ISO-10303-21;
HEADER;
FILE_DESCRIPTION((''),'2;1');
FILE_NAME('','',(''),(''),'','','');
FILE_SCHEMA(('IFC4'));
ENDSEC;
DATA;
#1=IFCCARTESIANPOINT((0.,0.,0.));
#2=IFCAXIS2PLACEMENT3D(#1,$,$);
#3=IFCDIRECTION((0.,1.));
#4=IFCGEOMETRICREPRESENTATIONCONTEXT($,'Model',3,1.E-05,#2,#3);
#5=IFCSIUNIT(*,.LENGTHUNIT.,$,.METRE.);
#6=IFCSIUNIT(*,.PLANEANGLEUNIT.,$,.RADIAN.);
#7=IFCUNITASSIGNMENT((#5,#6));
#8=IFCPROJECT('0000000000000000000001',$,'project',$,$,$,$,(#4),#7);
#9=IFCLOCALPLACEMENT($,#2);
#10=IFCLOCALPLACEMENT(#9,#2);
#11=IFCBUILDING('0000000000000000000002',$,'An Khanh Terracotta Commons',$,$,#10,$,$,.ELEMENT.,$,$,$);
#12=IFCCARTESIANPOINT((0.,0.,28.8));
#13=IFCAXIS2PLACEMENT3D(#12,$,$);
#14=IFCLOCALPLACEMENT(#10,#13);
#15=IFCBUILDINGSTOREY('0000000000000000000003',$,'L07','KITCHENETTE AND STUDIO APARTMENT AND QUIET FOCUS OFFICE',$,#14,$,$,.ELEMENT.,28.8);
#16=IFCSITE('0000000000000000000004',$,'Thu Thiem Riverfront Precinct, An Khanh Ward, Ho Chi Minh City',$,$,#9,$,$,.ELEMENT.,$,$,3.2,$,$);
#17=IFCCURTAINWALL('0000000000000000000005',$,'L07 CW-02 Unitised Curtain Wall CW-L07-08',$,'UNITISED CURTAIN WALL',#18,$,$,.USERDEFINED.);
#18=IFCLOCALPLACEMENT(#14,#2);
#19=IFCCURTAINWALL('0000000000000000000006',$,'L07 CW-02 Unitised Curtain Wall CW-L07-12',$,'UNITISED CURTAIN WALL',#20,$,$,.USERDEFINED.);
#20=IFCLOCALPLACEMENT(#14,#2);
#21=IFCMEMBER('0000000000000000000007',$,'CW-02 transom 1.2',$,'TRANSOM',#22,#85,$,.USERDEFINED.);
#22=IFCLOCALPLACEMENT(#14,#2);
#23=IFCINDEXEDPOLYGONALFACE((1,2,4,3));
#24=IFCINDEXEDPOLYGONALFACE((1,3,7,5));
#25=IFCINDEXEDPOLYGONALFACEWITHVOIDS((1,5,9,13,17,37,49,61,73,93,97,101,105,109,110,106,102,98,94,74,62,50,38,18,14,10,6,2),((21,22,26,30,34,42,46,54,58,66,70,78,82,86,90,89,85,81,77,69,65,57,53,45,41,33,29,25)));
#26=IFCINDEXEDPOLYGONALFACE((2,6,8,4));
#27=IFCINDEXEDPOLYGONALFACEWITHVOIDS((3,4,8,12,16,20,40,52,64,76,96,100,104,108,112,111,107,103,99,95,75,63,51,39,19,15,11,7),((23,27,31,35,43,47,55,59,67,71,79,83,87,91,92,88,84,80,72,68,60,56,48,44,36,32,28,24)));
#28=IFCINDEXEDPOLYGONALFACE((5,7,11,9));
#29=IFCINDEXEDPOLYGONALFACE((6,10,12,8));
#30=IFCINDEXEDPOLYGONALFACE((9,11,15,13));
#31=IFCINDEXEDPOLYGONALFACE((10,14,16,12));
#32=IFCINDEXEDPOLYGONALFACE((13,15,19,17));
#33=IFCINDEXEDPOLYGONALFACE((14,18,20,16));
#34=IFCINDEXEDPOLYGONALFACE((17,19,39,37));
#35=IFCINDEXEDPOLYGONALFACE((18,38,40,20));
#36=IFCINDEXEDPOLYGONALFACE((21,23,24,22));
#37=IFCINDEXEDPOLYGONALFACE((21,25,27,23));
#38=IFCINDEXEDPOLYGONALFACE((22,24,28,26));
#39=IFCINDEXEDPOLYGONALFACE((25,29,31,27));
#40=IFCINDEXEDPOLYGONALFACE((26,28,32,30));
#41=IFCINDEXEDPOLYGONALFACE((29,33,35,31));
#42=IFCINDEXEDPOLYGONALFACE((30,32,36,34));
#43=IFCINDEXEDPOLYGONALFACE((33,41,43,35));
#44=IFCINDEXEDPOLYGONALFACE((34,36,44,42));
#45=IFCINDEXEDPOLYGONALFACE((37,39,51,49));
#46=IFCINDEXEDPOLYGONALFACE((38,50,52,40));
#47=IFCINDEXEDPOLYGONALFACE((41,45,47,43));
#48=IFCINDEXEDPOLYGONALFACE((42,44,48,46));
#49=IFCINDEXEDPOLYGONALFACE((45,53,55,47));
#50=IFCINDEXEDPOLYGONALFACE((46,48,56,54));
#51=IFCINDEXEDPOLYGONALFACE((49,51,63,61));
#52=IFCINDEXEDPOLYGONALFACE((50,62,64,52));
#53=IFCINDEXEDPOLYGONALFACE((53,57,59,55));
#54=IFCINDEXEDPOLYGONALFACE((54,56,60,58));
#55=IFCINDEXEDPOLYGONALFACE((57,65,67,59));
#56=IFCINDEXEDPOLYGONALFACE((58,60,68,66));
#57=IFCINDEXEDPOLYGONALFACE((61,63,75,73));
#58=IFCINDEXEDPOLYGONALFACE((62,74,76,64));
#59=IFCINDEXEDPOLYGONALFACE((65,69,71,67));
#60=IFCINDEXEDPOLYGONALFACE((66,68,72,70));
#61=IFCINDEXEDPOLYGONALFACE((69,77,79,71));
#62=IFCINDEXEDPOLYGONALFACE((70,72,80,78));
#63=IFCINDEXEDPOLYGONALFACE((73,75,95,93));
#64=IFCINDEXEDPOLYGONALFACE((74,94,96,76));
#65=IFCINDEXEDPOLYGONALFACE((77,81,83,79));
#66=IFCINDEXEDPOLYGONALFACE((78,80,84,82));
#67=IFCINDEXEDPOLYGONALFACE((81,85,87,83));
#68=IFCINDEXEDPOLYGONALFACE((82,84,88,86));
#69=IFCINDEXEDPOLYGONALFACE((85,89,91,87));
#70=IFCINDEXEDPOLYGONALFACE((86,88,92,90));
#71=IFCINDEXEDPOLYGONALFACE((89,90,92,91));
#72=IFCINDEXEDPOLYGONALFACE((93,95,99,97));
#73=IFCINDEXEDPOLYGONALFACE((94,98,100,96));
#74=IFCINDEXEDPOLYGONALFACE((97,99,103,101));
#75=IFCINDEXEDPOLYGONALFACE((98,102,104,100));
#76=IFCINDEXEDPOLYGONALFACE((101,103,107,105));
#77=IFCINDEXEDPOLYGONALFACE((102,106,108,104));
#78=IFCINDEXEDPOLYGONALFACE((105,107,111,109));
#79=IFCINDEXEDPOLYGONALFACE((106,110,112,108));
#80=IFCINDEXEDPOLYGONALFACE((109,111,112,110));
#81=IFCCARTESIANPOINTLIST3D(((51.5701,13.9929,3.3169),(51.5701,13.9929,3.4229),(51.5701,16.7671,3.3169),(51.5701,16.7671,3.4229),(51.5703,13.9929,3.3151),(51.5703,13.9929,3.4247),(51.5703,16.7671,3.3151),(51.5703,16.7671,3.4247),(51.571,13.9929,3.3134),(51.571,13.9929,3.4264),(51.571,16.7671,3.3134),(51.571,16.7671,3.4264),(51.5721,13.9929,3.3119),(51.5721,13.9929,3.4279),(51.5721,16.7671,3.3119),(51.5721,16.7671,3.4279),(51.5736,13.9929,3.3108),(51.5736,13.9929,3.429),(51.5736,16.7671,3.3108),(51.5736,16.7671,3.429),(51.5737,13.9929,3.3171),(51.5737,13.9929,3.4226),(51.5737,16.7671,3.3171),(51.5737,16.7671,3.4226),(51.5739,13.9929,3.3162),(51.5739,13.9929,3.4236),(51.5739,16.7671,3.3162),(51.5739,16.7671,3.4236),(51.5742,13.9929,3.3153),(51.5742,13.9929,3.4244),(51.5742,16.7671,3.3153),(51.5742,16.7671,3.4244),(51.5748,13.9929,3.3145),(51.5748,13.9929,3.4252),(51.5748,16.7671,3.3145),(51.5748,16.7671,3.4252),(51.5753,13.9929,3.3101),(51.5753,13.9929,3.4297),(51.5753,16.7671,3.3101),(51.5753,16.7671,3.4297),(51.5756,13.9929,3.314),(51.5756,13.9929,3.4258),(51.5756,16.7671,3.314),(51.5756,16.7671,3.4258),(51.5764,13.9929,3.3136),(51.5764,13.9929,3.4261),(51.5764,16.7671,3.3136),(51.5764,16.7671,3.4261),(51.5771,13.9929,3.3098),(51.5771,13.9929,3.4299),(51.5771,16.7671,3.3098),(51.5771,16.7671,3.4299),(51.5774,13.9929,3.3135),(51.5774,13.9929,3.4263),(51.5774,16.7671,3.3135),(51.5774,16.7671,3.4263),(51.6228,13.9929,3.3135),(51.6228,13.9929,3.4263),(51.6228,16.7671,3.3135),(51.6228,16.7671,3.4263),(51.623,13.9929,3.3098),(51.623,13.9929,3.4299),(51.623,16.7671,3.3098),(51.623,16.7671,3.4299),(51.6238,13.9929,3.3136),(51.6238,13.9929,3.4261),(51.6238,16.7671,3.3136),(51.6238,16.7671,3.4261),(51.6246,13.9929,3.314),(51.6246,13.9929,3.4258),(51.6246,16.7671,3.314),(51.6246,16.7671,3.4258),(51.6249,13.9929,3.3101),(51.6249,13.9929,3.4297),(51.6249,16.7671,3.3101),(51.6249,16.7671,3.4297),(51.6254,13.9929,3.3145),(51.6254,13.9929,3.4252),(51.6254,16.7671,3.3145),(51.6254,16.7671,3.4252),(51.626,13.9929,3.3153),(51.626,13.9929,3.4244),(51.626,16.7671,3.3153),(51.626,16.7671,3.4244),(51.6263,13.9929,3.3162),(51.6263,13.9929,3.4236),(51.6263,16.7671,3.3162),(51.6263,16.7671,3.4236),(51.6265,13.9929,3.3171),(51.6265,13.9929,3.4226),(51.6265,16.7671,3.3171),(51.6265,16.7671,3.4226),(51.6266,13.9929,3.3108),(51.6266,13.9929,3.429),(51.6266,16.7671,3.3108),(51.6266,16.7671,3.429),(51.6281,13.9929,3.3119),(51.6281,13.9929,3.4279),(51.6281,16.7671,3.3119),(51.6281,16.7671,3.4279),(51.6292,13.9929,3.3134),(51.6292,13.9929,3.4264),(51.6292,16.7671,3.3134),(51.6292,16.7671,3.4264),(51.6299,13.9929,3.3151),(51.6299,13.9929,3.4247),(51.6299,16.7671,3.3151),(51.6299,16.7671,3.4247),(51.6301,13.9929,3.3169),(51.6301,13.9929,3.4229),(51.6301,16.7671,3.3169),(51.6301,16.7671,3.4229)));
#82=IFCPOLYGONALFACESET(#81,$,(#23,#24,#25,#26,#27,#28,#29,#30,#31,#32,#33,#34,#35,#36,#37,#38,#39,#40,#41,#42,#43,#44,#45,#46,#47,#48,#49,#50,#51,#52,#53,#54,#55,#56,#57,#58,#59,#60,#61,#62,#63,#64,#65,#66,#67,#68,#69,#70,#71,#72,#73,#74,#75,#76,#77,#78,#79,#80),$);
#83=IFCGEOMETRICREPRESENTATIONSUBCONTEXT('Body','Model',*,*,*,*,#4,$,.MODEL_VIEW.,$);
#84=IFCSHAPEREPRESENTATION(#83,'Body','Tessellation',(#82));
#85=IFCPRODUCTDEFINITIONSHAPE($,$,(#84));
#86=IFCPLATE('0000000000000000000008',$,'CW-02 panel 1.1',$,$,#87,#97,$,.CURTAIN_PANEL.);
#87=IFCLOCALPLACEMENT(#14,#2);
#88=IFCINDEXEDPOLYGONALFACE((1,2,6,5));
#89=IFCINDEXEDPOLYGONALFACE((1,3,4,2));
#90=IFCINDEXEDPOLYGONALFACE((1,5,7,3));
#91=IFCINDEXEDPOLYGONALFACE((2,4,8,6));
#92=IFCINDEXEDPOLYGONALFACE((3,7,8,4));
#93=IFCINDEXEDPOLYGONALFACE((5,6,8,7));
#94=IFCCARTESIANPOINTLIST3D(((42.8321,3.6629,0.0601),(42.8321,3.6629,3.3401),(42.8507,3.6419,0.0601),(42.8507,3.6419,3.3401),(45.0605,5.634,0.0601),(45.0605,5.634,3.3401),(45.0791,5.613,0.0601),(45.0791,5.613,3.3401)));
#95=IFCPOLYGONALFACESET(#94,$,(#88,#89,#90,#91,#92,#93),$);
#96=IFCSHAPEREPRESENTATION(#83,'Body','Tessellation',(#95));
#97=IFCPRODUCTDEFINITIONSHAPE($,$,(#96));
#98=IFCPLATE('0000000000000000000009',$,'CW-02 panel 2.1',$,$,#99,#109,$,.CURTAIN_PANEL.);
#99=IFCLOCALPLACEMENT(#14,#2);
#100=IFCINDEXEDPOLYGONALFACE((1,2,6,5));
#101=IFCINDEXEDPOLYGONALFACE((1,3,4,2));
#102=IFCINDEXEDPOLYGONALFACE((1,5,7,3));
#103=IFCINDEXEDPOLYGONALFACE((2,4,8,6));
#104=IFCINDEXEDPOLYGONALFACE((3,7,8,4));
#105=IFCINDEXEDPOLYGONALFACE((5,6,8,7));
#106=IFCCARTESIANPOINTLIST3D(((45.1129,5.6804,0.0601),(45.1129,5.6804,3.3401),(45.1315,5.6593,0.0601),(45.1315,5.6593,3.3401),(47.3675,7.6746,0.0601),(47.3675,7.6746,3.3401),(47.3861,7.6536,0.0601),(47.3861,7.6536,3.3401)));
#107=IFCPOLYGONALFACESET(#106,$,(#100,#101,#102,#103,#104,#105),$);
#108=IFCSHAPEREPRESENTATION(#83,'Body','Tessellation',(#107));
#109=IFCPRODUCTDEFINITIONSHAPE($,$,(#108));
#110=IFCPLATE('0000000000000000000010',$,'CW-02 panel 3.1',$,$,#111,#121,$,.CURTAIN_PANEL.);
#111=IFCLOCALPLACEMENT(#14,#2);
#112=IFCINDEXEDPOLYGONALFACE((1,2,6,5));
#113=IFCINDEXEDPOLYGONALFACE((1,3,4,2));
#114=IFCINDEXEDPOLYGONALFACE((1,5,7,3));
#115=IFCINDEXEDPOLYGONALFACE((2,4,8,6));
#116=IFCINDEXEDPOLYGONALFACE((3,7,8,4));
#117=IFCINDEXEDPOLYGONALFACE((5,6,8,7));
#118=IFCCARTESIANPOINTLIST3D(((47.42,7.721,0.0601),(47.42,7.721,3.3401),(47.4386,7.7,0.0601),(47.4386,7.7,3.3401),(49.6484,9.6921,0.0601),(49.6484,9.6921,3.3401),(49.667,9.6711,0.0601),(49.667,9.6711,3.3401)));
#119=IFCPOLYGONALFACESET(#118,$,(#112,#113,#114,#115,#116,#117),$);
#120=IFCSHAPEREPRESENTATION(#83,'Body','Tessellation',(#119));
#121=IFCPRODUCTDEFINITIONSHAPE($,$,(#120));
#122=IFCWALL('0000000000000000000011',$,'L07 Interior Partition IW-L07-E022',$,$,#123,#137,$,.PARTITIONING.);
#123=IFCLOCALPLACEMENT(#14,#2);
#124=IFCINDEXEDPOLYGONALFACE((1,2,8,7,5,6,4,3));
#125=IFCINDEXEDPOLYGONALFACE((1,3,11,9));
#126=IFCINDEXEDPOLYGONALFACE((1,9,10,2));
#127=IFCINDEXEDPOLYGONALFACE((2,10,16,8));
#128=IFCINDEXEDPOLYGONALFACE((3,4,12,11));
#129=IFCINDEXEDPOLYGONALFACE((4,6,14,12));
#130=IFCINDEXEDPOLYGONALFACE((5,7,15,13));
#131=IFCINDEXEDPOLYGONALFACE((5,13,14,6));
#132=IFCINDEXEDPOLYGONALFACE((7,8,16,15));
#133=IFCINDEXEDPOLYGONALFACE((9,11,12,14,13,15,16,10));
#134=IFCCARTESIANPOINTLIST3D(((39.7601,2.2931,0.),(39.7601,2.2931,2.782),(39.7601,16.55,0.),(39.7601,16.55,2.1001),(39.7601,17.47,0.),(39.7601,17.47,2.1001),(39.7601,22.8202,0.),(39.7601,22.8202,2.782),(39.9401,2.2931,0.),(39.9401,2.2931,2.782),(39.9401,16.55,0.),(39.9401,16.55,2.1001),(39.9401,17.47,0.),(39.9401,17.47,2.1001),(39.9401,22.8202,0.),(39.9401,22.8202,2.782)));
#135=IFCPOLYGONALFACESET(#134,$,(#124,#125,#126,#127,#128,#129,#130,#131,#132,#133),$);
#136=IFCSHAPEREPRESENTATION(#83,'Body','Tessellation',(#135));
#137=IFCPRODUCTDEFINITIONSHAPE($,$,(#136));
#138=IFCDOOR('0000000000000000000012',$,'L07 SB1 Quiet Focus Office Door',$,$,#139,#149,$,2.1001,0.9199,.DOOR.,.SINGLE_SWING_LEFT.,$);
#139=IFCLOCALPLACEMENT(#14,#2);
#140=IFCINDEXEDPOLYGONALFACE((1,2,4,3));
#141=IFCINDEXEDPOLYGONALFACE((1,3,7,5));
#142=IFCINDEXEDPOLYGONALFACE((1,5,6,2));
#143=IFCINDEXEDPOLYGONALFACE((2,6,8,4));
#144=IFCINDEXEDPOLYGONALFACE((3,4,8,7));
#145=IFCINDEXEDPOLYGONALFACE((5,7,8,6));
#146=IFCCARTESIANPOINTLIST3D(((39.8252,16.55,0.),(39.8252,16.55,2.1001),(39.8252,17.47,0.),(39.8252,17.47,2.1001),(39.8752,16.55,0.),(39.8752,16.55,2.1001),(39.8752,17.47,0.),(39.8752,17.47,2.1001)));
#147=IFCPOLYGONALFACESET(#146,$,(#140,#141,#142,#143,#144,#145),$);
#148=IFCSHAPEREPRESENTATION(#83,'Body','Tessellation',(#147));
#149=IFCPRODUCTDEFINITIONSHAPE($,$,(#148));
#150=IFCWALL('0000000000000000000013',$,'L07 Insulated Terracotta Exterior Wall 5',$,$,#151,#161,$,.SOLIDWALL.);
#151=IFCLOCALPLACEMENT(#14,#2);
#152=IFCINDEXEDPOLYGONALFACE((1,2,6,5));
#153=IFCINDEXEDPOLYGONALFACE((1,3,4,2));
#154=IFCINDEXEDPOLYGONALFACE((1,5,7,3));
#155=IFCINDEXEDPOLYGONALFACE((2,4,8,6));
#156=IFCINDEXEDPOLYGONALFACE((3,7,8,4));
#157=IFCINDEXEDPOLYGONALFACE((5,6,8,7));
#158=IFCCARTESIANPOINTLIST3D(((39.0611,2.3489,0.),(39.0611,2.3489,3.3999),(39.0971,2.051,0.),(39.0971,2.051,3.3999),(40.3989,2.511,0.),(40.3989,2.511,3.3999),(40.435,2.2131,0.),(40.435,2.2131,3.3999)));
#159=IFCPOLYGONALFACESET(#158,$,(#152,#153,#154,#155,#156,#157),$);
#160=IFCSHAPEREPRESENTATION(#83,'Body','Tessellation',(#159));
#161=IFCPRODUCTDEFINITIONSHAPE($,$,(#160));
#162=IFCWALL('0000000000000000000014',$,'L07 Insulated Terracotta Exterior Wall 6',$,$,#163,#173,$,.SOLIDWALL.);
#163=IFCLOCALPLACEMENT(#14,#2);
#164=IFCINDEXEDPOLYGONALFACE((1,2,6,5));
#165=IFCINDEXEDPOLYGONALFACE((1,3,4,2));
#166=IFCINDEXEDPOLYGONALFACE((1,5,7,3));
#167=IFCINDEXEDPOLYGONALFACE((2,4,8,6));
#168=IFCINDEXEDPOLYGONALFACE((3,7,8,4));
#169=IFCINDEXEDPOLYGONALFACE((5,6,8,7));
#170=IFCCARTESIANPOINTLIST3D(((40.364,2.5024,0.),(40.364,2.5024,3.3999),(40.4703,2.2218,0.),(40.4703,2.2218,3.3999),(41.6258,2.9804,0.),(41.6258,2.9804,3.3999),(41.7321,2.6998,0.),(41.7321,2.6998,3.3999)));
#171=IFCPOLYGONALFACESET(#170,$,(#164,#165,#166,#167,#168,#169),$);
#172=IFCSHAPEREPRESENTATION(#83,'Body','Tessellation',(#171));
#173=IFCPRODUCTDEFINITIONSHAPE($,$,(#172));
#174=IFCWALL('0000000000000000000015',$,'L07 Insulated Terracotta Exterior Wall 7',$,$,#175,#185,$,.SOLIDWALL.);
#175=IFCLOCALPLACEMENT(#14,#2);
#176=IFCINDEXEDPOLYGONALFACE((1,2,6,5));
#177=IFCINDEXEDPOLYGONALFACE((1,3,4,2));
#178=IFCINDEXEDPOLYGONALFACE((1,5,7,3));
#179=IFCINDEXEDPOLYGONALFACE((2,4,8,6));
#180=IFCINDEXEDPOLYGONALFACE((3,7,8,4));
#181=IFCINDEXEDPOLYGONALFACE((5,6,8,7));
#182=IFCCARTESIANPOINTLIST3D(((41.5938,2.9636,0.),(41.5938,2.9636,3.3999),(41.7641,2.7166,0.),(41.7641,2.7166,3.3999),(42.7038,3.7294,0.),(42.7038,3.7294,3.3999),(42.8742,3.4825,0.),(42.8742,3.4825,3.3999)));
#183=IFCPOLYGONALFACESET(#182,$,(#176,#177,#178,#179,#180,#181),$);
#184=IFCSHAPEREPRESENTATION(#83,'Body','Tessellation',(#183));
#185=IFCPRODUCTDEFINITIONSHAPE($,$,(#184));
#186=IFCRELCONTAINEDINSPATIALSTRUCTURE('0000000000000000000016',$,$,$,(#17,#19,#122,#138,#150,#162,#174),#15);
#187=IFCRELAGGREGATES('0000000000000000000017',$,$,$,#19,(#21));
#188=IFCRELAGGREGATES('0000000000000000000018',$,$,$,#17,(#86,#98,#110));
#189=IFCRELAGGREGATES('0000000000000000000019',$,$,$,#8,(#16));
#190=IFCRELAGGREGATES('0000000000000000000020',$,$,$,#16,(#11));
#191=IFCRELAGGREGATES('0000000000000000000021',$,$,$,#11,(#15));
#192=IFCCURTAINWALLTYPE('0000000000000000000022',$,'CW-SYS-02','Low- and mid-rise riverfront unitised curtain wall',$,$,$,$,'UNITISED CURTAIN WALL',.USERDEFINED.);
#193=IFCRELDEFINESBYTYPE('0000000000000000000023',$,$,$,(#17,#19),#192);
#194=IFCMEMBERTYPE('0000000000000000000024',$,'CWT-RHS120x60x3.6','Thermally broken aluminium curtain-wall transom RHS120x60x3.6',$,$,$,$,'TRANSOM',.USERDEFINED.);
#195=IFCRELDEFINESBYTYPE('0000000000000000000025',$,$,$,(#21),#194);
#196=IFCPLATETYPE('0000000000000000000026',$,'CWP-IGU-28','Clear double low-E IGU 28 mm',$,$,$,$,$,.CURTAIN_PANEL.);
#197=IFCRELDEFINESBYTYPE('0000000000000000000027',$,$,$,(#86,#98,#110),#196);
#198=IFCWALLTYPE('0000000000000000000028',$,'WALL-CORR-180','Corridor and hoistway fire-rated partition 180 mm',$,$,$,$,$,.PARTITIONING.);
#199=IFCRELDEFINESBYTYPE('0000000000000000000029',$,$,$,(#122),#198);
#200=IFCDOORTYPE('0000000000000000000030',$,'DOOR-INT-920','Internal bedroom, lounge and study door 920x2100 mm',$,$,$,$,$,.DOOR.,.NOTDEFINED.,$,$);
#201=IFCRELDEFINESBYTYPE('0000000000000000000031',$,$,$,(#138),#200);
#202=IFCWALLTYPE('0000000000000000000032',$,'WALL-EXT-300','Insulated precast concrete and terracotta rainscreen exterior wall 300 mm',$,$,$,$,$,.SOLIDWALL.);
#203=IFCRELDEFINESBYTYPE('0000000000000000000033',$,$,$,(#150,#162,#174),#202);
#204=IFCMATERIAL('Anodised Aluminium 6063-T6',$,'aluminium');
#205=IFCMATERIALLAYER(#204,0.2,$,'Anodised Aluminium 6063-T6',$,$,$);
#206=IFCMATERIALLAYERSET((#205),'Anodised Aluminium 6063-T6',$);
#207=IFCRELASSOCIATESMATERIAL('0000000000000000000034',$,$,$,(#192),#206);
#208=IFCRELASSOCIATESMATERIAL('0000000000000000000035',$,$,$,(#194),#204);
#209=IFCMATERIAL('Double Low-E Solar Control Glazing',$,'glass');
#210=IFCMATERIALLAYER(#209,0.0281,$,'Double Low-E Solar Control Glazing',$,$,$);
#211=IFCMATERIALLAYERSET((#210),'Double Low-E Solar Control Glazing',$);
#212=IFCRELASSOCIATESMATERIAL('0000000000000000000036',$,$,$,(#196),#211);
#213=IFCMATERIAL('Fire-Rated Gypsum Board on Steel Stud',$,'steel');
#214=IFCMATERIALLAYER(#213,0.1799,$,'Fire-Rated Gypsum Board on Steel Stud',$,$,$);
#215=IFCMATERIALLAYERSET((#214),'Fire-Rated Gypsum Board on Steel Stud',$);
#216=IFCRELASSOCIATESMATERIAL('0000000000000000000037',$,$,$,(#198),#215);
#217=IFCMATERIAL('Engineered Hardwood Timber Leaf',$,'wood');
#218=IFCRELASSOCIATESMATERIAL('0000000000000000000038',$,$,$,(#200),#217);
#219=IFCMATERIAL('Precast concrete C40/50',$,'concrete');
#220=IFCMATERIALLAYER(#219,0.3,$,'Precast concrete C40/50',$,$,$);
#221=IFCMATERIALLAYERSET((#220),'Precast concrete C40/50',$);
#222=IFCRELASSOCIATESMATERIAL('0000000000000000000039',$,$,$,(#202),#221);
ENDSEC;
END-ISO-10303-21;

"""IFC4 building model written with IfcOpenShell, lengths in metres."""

from ifc_helpers import new_model, si_unit, direction, frame, frame_2d, origin, origin_2d, place, context, subcontext, project, spatial, rectangle, hollow_rectangle, extrude, material, layer, layer_set, material_profile, profile_set, type_object, element, fill, aggregate, save


model = new_model("IFC4")

# Units and contexts
model_context = context("Model", 3, precision=1e-05, world=origin(), true_north=direction((0.0, 1.0)))
body_context = subcontext(model_context, "Body", "Model", "MODEL_VIEW")
ifc_project = project(units=[si_unit("LENGTHUNIT", "METRE"), si_unit("PLANEANGLEUNIT", "RADIAN")], contexts=[model_context])

# Site, building, storey
site_placement = place(None, origin())
site = spatial("IfcSite", under=ifc_project, at=site_placement, Name="Thu Thiem Riverfront Precinct, An Khanh Ward, Ho Chi Minh City", CompositionType="ELEMENT", RefElevation=3.2)
building_placement = place(site_placement, origin())
building = spatial("IfcBuilding", under=site, at=building_placement, Name="An Khanh Terracotta Commons", CompositionType="ELEMENT")
storey_placement = place(building_placement, frame((0.0, 0.0, 28.8)))
storey = spatial("IfcBuildingStorey", under=building, at=storey_placement, Name="L07", Description="KITCHENETTE AND STUDIO APARTMENT AND QUIET FOCUS OFFICE", CompositionType="ELEMENT", Elevation=28.8)

# Curtain wall
ifc_material_1 = material(Name="Anodised Aluminium 6063-T6", Category="aluminium")
ifc_layer_1 = layer(ifc_material_1, 0.2, Name="Anodised Aluminium 6063-T6")
ifc_layer_set_1 = layer_set([ifc_layer_1], Name="Anodised Aluminium 6063-T6")
curtain_wall_type = type_object("IfcCurtainWallType", Name="CW-SYS-02", Description="Low- and mid-rise riverfront unitised curtain wall", ElementType="UNITISED CURTAIN WALL", PredefinedType="USERDEFINED", material=ifc_layer_set_1)
curtain_wall_1_placement = place(storey_placement, origin())
curtain_wall_1 = element("IfcCurtainWall", 1, at=curtain_wall_1_placement, inside=storey, type_object=curtain_wall_type, Name="L07 CW-02 Unitised Curtain Wall CW-L07-08", ObjectType="UNITISED CURTAIN WALL", PredefinedType="USERDEFINED")

# Curtain wall
curtain_wall_2_placement = place(storey_placement, origin())
curtain_wall_2 = element("IfcCurtainWall", 2, at=curtain_wall_2_placement, inside=storey, type_object=curtain_wall_type, Name="L07 CW-02 Unitised Curtain Wall CW-L07-12", ObjectType="UNITISED CURTAIN WALL", PredefinedType="USERDEFINED")

# Member
ifc_material_profile_1 = material_profile(ifc_material_1, hollow_rectangle(XDim=0.0601, YDim=0.1201, WallThickness=0.0037, InnerFilletRadius=0.0037, OuterFilletRadius=0.0071, at=origin_2d()), Name="RHS120x60x3.6")
ifc_profile_set_1 = profile_set([ifc_material_profile_1], Name="Anodised Aluminium 6063-T6")
member_type_1 = type_object("IfcMemberType", Name="CWT-RHS120x60x3.6", Description="Thermally broken aluminium curtain-wall transom RHS120x60x3.6", ElementType="TRANSOM", PredefinedType="USERDEFINED", material=ifc_profile_set_1)
member_1_placement = place(storey_placement, frame((51.6001, 13.9929, 3.3699), z_axis=(0.0, 1.0, 0.0), x_axis=(-1.0, 0.0, 0.0)))
member_1 = element("IfcMember", 3, at=member_1_placement, type_object=member_type_1, Name="CW-02 transom 1.2", ObjectType="TRANSOM", PredefinedType="USERDEFINED", context=body_context, shape_type="SweptSolid", body=[
    extrude(hollow_rectangle(XDim=0.0601, YDim=0.1201, WallThickness=0.0037, InnerFilletRadius=0.0037, OuterFilletRadius=0.0071, at=origin_2d()), origin(), (0.0, 0.0, 1.0), 2.7742),
])
aggregate(curtain_wall_2, [member_1])

# Plates
ifc_material_2 = material(Name="Double Low-E Solar Control Glazing", Category="glass")
ifc_layer_2 = layer(ifc_material_2, 0.0281, Name="Double Low-E Solar Control Glazing")
ifc_layer_set_2 = layer_set([ifc_layer_2], Name="Double Low-E Solar Control Glazing")
plate_type = type_object("IfcPlateType", Name="CWP-IGU-28", Description="Clear double low-E IGU 28 mm", PredefinedType="CURTAIN_PANEL", material=ifc_layer_set_2)
plate_1_placement = place(storey_placement, frame((43.9556, 4.6379, 0.0601), z_axis=(0.0, 0.0, 1.0), x_axis=(0.749019, 0.662548, 0.0)))
plate_1 = element("IfcPlate", 4, at=plate_1_placement, type_object=plate_type, Name="CW-02 panel 1.1", PredefinedType="CURTAIN_PANEL", context=body_context, shape_type="SweptSolid", body=[
    extrude(rectangle(XDim=2.9751, YDim=0.0281, at=origin_2d()), origin(), (0.0, 0.0, 1.0), 3.28),
])
plate_2_placement = place(storey_placement, frame((46.2495, 6.667, 0.0601), z_axis=(0.0, 0.0, 1.0), x_axis=(0.749019, 0.662548, 0.0)))
plate_2 = element("IfcPlate", 5, at=plate_2_placement, type_object=plate_type, Name="CW-02 panel 2.1", PredefinedType="CURTAIN_PANEL", context=body_context, shape_type="SweptSolid", body=[
    extrude(rectangle(XDim=3.01, YDim=0.0281, at=origin_2d()), origin(), (0.0, 0.0, 1.0), 3.28),
])
plate_3_placement = place(storey_placement, frame((48.5435, 8.696, 0.0601), z_axis=(0.0, 0.0, 1.0), x_axis=(0.749019, 0.662548, 0.0)))
plate_3 = element("IfcPlate", 6, at=plate_3_placement, type_object=plate_type, Name="CW-02 panel 3.1", PredefinedType="CURTAIN_PANEL", context=body_context, shape_type="SweptSolid", body=[
    extrude(rectangle(XDim=2.9751, YDim=0.0281, at=origin_2d()), origin(), (0.0, 0.0, 1.0), 3.28),
])
aggregate(curtain_wall_1, [plate_1, plate_2, plate_3])

# Wall, opening, door
ifc_material_3 = material(Name="Fire-Rated Gypsum Board on Steel Stud", Category="steel")
ifc_layer_3 = layer(ifc_material_3, 0.1799, Name="Fire-Rated Gypsum Board on Steel Stud")
ifc_layer_set_3 = layer_set([ifc_layer_3], Name="Fire-Rated Gypsum Board on Steel Stud")
wall_type_1 = type_object("IfcWallType", Name="WALL-CORR-180", Description="Corridor and hoistway fire-rated partition 180 mm", PredefinedType="PARTITIONING", material=ifc_layer_set_3)
wall_1_placement = place(storey_placement, frame((39.8501, 2.293, 0.0), z_axis=(0.0, 0.0, 1.0), x_axis=(0.0, 1.0, 0.0)))
wall_1 = element("IfcWall", 7, at=wall_1_placement, inside=storey, type_object=wall_type_1, Name="L07 Interior Partition IW-L07-E022", PredefinedType="PARTITIONING", context=body_context, shape_type="SweptSolid", body=[
    extrude(rectangle(XDim=20.5271, YDim=0.1799, at=frame_2d((10.2637, 0.0))), origin(), (0.0, 0.0, 1.0), 2.782),
])
opening_placement = place(wall_1_placement, frame((14.2571, 0.0, 0.0)))
opening = element("IfcOpeningElement", 8, at=opening_placement, cuts=wall_1, PredefinedType="OPENING", context=body_context, shape_type="SweptSolid", body=[
    extrude(rectangle(XDim=0.9199, YDim=2.1001, at=frame_2d((0.46, 1.05))), frame((0.0, 0.0999, 0.0), z_axis=(0.0, -1.0, 0.0), x_axis=(1.0, 0.0, 0.0)), (0.0, 0.0, 1.0), 0.2),
])
ifc_material_4 = material(Name="Engineered Hardwood Timber Leaf", Category="wood")
door_type = type_object("IfcDoorType", Name="DOOR-INT-920", Description="Internal bedroom, lounge and study door 920x2100 mm", OperationType="NOTDEFINED", PredefinedType="DOOR", material=ifc_material_4)
door_placement = place(opening_placement, origin())
door = element("IfcDoor", 9, at=door_placement, inside=storey, type_object=door_type, Name="L07 SB1 Quiet Focus Office Door", OperationType="SINGLE_SWING_LEFT", OverallHeight=2.1001, OverallWidth=0.9199, PredefinedType="DOOR", context=body_context, shape_type="SweptSolid", body=[
    extrude(rectangle(XDim=0.9199, YDim=2.1001, at=frame_2d((0.46, 1.05))), frame((0.0, 0.0249, 0.0), z_axis=(0.0, -1.0, 0.0), x_axis=(1.0, 0.0, 0.0)), (0.0, 0.0, 1.0), 0.05),
])
fill(opening, door)

# Walls
ifc_material_5 = material(Name="Precast concrete C40/50", Category="concrete")
ifc_layer_4 = layer(ifc_material_5, 0.3, Name="Precast concrete C40/50")
ifc_layer_set_4 = layer_set([ifc_layer_4], Name="Precast concrete C40/50")
wall_type_2 = type_object("IfcWallType", Name="WALL-EXT-300", Description="Insulated precast concrete and terracotta rainscreen exterior wall 300 mm", PredefinedType="SOLIDWALL", material=ifc_layer_set_4)
wall_2_placement = place(storey_placement, frame((39.0791, 2.2, 0.0), z_axis=(0.0, 0.0, 1.0), x_axis=(0.992739, 0.120288, 0.0)))
element("IfcWall", 10, at=wall_2_placement, inside=storey, type_object=wall_type_2, Name="L07 Insulated Terracotta Exterior Wall 5", PredefinedType="SOLIDWALL", context=body_context, shape_type="SweptSolid", body=[
    extrude(rectangle(XDim=1.3477, YDim=0.3, at=frame_2d((0.6738, 0.0))), origin(), (0.0, 0.0, 1.0), 3.3999),
])
wall_3_placement = place(storey_placement, frame((40.417, 2.3621, 0.0), z_axis=(0.0, 0.0, 1.0), x_axis=(0.935157, 0.354234, 0.0)))
element("IfcWall", 11, at=wall_3_placement, inside=storey, type_object=wall_type_2, Name="L07 Insulated Terracotta Exterior Wall 6", PredefinedType="SOLIDWALL", context=body_context, shape_type="SweptSolid", body=[
    extrude(rectangle(XDim=1.3494, YDim=0.3, at=frame_2d((0.6748, 0.0))), origin(), (0.0, 0.0, 1.0), 3.3999),
])
wall_4_placement = place(storey_placement, frame((41.679, 2.8401, 0.0), z_axis=(0.0, 0.0, 1.0), x_axis=(0.823117, 0.567873, 0.0)))
element("IfcWall", 12, at=wall_4_placement, inside=storey, type_object=wall_type_2, Name="L07 Insulated Terracotta Exterior Wall 7", PredefinedType="SOLIDWALL", context=body_context, shape_type="SweptSolid", body=[
    extrude(rectangle(XDim=1.3486, YDim=0.3, at=frame_2d((0.6743, 0.0))), origin(), (0.0, 0.0, 1.0), 3.3999),
])

save(model, "model.ifc")
